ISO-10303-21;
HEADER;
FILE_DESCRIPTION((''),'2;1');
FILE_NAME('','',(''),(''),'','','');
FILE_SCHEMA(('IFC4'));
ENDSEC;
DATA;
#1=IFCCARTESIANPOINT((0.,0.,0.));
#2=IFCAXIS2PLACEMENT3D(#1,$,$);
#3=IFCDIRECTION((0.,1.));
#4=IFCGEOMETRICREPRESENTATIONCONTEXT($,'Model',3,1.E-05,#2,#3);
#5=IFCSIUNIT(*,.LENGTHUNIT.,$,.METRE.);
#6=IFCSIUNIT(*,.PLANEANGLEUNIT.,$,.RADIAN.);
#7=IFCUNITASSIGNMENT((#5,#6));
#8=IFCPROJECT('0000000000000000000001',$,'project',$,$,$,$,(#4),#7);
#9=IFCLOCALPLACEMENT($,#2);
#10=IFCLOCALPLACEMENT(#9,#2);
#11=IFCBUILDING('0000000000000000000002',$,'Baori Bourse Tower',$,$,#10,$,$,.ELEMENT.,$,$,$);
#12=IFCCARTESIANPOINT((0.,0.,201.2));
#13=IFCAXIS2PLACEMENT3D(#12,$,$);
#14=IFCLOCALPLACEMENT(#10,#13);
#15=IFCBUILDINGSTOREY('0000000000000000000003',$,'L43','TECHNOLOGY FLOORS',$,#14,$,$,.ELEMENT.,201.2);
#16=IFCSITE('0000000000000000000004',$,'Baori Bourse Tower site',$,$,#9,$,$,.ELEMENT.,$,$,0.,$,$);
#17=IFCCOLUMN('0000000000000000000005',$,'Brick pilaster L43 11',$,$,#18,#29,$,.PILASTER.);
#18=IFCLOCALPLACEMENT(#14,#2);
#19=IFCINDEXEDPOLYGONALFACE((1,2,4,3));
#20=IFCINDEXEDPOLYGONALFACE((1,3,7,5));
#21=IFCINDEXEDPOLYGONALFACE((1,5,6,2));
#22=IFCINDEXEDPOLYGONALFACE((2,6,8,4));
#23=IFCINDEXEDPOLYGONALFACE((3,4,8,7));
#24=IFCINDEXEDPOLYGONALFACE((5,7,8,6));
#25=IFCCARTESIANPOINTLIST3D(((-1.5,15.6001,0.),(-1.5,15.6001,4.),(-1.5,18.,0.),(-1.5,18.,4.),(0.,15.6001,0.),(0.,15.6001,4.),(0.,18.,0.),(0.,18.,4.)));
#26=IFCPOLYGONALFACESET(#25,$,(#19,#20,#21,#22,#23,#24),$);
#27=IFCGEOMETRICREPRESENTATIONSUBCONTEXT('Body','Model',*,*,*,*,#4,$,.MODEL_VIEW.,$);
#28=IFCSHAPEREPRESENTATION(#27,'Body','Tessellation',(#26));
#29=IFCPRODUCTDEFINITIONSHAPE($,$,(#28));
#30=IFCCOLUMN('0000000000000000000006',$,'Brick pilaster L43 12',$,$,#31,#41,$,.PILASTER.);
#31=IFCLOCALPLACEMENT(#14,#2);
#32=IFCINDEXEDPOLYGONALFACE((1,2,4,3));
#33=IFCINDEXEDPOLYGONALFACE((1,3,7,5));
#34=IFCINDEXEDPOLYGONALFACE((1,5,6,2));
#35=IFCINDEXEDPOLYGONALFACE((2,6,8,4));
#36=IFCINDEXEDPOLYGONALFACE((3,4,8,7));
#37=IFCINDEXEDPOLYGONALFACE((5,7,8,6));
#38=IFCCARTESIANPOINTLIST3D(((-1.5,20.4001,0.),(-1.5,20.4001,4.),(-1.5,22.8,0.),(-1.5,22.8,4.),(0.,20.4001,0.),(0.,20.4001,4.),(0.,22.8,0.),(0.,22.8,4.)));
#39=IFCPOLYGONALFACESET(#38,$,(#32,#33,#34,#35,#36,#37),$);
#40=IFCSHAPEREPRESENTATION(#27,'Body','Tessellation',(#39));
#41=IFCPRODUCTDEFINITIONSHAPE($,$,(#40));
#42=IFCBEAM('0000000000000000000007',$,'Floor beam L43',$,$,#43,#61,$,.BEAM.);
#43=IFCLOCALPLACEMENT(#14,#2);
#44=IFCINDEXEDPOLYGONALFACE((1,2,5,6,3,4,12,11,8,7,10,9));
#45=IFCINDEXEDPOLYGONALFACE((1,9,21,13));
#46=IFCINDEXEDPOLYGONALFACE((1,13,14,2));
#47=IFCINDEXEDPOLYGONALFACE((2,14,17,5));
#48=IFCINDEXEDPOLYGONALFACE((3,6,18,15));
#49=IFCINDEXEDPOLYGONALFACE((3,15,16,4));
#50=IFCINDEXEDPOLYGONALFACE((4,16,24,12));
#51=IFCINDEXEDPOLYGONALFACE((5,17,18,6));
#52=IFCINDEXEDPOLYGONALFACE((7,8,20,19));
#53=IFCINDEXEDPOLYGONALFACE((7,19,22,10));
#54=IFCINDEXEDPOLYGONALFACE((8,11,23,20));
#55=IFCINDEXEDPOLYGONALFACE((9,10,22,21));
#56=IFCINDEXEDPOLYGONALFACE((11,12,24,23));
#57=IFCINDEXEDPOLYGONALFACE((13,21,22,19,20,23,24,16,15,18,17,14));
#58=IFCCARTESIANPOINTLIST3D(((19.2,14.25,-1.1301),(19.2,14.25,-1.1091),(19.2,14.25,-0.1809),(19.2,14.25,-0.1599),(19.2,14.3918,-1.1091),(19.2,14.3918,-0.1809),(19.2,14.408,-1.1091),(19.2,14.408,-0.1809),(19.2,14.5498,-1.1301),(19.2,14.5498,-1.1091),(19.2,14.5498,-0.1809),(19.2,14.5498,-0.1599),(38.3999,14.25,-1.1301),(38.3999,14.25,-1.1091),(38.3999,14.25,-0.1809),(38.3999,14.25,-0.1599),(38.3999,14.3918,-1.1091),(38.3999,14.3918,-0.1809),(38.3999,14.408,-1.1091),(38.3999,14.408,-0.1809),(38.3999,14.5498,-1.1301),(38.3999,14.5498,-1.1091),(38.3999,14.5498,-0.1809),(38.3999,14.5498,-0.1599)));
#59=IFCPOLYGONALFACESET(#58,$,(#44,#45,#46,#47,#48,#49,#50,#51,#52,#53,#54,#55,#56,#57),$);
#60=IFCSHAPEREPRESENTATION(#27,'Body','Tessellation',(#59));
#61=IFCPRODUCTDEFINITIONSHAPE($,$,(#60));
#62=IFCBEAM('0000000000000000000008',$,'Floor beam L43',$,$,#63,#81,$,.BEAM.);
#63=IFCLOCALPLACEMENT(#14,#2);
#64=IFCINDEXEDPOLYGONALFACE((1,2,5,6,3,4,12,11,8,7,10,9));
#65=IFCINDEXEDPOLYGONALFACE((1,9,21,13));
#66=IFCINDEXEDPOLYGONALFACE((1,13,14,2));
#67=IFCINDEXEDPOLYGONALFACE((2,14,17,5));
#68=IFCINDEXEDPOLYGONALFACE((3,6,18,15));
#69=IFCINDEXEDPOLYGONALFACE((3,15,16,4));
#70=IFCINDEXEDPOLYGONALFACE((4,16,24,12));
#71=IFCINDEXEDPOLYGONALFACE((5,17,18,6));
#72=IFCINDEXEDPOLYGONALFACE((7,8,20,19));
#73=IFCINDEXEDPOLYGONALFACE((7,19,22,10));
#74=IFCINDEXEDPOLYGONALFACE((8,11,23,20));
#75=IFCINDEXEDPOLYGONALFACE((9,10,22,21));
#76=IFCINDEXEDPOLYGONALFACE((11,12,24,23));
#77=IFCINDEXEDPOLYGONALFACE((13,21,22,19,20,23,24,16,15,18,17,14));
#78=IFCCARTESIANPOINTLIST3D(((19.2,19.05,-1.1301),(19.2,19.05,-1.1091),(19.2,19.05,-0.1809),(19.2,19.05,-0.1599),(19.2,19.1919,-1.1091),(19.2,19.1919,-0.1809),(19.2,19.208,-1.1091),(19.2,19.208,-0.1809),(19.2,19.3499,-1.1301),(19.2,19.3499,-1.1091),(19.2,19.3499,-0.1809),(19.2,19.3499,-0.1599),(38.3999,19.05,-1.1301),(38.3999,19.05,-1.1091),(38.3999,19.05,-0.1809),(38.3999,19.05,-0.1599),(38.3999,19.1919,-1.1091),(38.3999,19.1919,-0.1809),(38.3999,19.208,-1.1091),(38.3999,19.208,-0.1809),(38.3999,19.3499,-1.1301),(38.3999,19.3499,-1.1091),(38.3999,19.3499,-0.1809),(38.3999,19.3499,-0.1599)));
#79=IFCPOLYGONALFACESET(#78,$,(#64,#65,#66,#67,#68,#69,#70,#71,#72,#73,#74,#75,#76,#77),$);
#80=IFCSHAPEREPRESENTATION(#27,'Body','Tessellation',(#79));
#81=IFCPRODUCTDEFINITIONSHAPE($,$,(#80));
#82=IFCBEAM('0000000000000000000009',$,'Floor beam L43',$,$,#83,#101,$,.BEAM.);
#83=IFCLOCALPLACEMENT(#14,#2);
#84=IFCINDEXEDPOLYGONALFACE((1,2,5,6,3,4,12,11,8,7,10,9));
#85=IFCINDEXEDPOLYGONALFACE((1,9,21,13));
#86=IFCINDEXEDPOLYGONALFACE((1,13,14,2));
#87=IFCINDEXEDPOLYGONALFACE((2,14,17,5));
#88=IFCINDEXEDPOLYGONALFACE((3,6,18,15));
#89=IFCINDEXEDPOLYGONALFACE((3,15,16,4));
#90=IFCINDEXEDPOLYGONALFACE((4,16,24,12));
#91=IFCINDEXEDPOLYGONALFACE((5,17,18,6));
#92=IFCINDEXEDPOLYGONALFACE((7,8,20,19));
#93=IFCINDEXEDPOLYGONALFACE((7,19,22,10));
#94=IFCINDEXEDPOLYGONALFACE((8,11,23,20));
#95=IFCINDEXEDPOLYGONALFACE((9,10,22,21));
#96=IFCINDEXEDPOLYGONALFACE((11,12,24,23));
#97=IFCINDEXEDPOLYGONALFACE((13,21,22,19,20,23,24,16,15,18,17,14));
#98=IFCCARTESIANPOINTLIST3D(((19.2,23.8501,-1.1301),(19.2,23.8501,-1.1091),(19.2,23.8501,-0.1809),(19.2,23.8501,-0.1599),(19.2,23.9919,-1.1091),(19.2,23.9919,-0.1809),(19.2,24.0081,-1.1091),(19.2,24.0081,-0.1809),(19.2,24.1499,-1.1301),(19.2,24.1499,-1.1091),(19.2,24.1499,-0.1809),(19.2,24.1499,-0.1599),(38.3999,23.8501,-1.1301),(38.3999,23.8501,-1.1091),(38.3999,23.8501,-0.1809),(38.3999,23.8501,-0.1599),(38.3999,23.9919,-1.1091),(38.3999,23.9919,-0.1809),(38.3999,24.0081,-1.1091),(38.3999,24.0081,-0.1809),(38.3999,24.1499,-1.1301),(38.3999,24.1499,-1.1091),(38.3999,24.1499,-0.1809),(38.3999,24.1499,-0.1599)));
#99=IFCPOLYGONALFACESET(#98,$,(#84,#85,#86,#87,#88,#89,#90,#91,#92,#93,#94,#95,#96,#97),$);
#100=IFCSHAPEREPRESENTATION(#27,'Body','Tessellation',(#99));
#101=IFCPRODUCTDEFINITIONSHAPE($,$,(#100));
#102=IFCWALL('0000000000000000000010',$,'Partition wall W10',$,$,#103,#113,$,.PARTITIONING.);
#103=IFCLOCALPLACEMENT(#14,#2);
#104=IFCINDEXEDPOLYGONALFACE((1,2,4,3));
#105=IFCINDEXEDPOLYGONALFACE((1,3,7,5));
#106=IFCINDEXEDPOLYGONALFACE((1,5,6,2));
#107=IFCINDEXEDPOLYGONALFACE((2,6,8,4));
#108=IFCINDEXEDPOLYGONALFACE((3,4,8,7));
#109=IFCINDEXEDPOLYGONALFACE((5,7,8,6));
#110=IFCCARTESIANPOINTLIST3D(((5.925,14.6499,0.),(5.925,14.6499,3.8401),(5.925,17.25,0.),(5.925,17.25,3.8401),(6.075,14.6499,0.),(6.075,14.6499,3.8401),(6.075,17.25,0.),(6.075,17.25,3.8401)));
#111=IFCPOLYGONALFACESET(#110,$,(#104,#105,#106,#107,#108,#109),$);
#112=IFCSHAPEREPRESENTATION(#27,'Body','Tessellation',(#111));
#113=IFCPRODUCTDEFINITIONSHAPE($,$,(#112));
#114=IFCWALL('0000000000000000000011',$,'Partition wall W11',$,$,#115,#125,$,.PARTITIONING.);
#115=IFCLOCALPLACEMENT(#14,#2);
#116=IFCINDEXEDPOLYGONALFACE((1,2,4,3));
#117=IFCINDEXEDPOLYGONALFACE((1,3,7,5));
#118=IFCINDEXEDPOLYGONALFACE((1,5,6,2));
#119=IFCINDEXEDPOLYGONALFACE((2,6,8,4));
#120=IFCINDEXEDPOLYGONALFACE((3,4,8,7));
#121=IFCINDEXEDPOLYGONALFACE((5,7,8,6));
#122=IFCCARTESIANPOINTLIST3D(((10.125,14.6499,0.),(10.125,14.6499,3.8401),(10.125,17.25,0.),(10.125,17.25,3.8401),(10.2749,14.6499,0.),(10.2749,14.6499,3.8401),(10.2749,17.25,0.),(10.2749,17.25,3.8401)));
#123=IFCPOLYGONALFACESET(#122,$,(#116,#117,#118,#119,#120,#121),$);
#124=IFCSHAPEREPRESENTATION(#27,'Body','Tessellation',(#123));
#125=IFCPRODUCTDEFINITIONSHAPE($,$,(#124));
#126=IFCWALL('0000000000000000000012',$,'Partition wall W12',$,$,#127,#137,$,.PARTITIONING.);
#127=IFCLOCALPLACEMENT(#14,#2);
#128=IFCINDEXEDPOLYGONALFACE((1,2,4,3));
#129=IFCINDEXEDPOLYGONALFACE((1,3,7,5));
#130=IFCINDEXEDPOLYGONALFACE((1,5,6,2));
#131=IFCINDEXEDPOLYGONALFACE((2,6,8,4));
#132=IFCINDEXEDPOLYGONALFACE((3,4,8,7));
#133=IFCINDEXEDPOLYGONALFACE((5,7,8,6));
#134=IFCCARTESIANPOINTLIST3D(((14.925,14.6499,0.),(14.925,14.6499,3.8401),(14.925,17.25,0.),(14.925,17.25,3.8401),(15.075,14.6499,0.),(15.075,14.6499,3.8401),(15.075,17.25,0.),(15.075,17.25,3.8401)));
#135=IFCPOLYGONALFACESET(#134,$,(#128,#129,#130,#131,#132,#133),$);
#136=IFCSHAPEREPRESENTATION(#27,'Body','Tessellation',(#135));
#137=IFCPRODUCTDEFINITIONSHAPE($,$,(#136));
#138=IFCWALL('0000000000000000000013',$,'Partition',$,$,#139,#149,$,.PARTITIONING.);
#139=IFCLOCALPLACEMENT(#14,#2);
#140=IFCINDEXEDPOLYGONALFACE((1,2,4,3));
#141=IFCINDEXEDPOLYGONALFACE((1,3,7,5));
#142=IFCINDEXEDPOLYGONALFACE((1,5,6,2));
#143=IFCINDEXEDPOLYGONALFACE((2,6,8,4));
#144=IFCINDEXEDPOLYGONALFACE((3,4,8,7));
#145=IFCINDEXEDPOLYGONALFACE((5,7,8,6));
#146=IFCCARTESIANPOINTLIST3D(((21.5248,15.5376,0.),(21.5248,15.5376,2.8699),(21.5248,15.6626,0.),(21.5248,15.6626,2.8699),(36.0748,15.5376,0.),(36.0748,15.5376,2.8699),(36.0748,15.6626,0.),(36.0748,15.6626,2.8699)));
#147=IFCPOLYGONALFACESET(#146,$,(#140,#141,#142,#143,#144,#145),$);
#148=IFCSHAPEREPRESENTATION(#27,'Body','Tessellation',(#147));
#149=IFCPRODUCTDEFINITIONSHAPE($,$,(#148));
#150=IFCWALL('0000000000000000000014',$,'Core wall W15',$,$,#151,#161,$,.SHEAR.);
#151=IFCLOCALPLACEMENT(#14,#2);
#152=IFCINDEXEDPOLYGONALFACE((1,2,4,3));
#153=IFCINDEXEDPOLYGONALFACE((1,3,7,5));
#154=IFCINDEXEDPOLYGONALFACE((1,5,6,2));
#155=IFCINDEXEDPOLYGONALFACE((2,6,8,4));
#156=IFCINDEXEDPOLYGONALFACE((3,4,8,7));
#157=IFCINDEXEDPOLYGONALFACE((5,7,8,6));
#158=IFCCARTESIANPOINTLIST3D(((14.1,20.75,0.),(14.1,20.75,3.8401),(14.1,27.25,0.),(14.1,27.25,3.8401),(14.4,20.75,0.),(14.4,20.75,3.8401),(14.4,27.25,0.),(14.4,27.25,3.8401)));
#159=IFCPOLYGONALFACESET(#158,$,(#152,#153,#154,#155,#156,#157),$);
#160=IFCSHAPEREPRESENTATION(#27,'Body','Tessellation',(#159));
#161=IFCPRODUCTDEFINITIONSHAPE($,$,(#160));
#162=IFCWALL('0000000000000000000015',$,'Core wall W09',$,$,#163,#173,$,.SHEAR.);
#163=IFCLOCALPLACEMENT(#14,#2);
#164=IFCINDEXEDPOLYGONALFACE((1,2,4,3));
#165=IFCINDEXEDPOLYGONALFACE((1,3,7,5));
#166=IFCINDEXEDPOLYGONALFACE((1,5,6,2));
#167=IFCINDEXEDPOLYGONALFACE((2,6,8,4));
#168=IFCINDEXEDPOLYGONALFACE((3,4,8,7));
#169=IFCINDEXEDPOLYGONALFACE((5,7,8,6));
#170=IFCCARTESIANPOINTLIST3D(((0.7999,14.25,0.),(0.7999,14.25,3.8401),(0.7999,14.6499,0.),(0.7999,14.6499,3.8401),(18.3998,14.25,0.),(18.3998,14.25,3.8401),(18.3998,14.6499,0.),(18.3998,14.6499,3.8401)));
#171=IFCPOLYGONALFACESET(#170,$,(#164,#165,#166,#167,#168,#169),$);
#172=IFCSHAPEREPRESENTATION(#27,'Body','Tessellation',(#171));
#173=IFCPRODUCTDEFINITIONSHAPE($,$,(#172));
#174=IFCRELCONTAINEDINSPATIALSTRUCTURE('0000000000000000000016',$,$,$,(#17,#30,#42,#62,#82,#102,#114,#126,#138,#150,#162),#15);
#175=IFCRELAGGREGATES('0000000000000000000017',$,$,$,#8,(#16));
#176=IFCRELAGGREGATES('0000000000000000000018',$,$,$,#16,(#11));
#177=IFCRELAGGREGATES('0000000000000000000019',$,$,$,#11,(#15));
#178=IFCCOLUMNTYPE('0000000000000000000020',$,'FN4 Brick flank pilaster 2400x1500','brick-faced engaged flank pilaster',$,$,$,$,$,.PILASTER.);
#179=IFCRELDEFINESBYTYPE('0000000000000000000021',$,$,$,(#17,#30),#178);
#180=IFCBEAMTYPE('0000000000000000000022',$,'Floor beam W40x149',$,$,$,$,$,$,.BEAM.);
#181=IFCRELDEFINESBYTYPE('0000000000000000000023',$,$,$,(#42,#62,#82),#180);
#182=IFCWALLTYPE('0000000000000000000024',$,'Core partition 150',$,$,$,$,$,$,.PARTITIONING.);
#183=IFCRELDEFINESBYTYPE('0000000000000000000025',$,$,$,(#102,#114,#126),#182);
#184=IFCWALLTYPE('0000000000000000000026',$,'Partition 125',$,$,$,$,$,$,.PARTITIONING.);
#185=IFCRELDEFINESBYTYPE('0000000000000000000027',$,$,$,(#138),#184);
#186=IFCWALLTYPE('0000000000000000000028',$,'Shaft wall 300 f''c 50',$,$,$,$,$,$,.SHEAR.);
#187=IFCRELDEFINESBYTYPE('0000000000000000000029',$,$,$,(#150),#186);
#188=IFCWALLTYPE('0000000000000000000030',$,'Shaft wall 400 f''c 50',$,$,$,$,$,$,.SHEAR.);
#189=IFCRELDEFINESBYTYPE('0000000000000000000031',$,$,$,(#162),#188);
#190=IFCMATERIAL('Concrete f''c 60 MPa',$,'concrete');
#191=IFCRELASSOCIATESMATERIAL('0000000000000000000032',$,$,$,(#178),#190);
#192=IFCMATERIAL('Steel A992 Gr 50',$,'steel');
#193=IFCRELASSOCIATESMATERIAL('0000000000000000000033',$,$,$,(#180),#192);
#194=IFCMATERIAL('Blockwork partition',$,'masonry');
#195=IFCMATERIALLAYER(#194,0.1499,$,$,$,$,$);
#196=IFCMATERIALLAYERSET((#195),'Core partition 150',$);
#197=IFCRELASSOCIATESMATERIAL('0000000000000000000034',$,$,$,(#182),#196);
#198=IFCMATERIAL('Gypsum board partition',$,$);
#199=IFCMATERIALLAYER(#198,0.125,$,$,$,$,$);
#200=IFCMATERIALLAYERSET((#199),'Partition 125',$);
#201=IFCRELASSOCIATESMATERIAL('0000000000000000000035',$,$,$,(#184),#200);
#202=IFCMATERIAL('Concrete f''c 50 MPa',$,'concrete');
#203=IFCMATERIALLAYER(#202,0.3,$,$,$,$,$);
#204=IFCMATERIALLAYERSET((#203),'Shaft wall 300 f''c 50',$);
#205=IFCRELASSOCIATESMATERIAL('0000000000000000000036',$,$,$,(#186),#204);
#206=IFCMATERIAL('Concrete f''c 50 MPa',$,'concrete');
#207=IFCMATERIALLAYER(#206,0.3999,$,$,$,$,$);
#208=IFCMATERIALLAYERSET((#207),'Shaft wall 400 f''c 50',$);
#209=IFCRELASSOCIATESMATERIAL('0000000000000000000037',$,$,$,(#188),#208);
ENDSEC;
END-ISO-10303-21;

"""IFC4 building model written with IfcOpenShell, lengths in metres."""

from ifc_helpers import new_model, si_unit, direction, frame, frame_2d, origin, origin_2d, place, context, subcontext, project, spatial, rectangle, i_section, extrude, material, layer, layer_set, material_profile, profile_set, type_object, element, save


model = new_model("IFC4")

# Units and contexts
model_context = context("Model", 3, precision=1e-05, world=origin(), true_north=direction((0.0, 1.0)))
body_context = subcontext(model_context, "Body", "Model", "MODEL_VIEW")
ifc_project = project(units=[si_unit("LENGTHUNIT", "METRE"), si_unit("PLANEANGLEUNIT", "RADIAN")], contexts=[model_context])

# Site, building, storey
site_placement = place(None, origin())
site = spatial("IfcSite", under=ifc_project, at=site_placement, Name="Baori Bourse Tower site", CompositionType="ELEMENT", RefElevation=0.0)
building_placement = place(site_placement, origin())
building = spatial("IfcBuilding", under=site, at=building_placement, Name="Baori Bourse Tower", CompositionType="ELEMENT")
storey_placement = place(building_placement, frame((0.0, 0.0, 201.2)))
storey = spatial("IfcBuildingStorey", under=building, at=storey_placement, Name="L43", Description="TECHNOLOGY FLOORS", CompositionType="ELEMENT", Elevation=201.2)

# Columns
ifc_material_1 = material(Name="Concrete f'c 60 MPa", Category="concrete")
ifc_material_profile_1 = material_profile(ifc_material_1, rectangle(XDim=2.3999, YDim=1.5, at=origin_2d()), Name="RC 2400x1500")
ifc_profile_set_1 = profile_set([ifc_material_profile_1], Name="Concrete f'c 60 MPa")
column_type = type_object("IfcColumnType", Name="FN4 Brick flank pilaster 2400x1500", Description="brick-faced engaged flank pilaster", PredefinedType="PILASTER", material=ifc_profile_set_1)
for number, where, z_axis, x_axis, name in (
    (1, (-0.75, 16.8, 0.0), (0.0, 0.0, 1.0), (0.0, 1.0, 0.0), "Brick pilaster L43 11"),
    (2, (-0.75, 21.6001, 0.0), (0.0, 0.0, 1.0), (0.0, 1.0, 0.0), "Brick pilaster L43 12"),
):
    element("IfcColumn", number, at=place(storey_placement, frame(where, z_axis=z_axis, x_axis=x_axis)), inside=storey, type_object=column_type, Name=name, PredefinedType="PILASTER", context=body_context, shape_type="SweptSolid", body=[
        extrude(rectangle(XDim=2.3999, YDim=1.5, at=origin_2d()), origin(), (0.0, 0.0, 1.0), 4.0),
    ])

# Beams
ifc_material_2 = material(Name="Steel A992 Gr 50", Category="steel")
ifc_material_profile_2 = material_profile(ifc_material_2, i_section(OverallWidth=0.2998, OverallDepth=0.9702, WebThickness=0.0161, FlangeThickness=0.021, at=origin_2d()), Name="W40x149")
ifc_profile_set_2 = profile_set([ifc_material_profile_2], Name="Steel A992 Gr 50")
beam_type = type_object("IfcBeamType", Name="Floor beam W40x149", PredefinedType="BEAM", material=ifc_profile_set_2)
for number, where, z_axis, x_axis, name in (
    (3, (19.2, 14.3999, -0.645), (1.0, 0.0, 0.0), (0.0, 1.0, 0.0), "Floor beam L43"),
    (4, (19.2, 19.2, -0.645), (1.0, 0.0, 0.0), (0.0, 1.0, 0.0), "Floor beam L43"),
    (5, (19.2, 24.0, -0.645), (1.0, 0.0, 0.0), (0.0, 1.0, 0.0), "Floor beam L43"),
):
    element("IfcBeam", number, at=place(storey_placement, frame(where, z_axis=z_axis, x_axis=x_axis)), inside=storey, type_object=beam_type, Name=name, PredefinedType="BEAM", context=body_context, shape_type="SweptSolid", body=[
        extrude(i_section(OverallWidth=0.2998, OverallDepth=0.9702, WebThickness=0.0161, FlangeThickness=0.021, at=origin_2d()), origin(), (0.0, 0.0, 1.0), 19.2),
    ])

# Walls
ifc_material_3 = material(Name="Blockwork partition", Category="masonry")
ifc_layer_1 = layer(ifc_material_3, 0.1499)
ifc_layer_set_1 = layer_set([ifc_layer_1], Name="Core partition 150")
wall_type_1 = type_object("IfcWallType", Name="Core partition 150", PredefinedType="PARTITIONING", material=ifc_layer_set_1)
for number, where, z_axis, x_axis, name in (
    (6, (6.0, 14.6499, 0.0), (0.0, 0.0, 1.0), (0.0, 1.0, 0.0), "Partition wall W10"),
    (7, (10.2, 14.6499, 0.0), (0.0, 0.0, 1.0), (0.0, 1.0, 0.0), "Partition wall W11"),
    (8, (15.0, 14.6499, 0.0), (0.0, 0.0, 1.0), (0.0, 1.0, 0.0), "Partition wall W12"),
):
    element("IfcWall", number, at=place(storey_placement, frame(where, z_axis=z_axis, x_axis=x_axis)), inside=storey, type_object=wall_type_1, Name=name, PredefinedType="PARTITIONING", context=body_context, shape_type="SweptSolid", body=[
        extrude(rectangle(XDim=2.6001, YDim=0.1499, at=frame_2d((1.3, 0.0))), origin(), (0.0, 0.0, 1.0), 3.8401),
    ])
ifc_material_4 = material(Name="Gypsum board partition")
ifc_layer_2 = layer(ifc_material_4, 0.125)
ifc_layer_set_2 = layer_set([ifc_layer_2], Name="Partition 125")
wall_type_2 = type_object("IfcWallType", Name="Partition 125", PredefinedType="PARTITIONING", material=ifc_layer_set_2)
wall_1_placement = place(storey_placement, frame((21.5249, 15.6001, 0.0), z_axis=(0.0, 0.0, 1.0), x_axis=(1.0, 0.0, 0.0)))
element("IfcWall", 9, at=wall_1_placement, inside=storey, type_object=wall_type_2, Name="Partition", PredefinedType="PARTITIONING", context=body_context, shape_type="SweptSolid", body=[
    extrude(rectangle(XDim=14.55, YDim=0.125, at=frame_2d((7.2749, 0.0))), origin(), (0.0, 0.0, 1.0), 2.8699),
])
ifc_material_5 = material(Name="Concrete f'c 50 MPa", Category="concrete")
ifc_layer_3 = layer(ifc_material_5, 0.3)
ifc_layer_set_3 = layer_set([ifc_layer_3], Name="Shaft wall 300 f'c 50")
wall_type_3 = type_object("IfcWallType", Name="Shaft wall 300 f'c 50", PredefinedType="SHEAR", material=ifc_layer_set_3)
wall_2_placement = place(storey_placement, frame((14.25, 20.75, 0.0), z_axis=(0.0, 0.0, 1.0), x_axis=(0.0, 1.0, 0.0)))
element("IfcWall", 10, at=wall_2_placement, inside=storey, type_object=wall_type_3, Name="Core wall W15", PredefinedType="SHEAR", context=body_context, shape_type="SweptSolid", body=[
    extrude(rectangle(XDim=6.5, YDim=0.3, at=frame_2d((3.25, 0.0))), origin(), (0.0, 0.0, 1.0), 3.8401),
])
ifc_material_6 = material(Name="Concrete f'c 50 MPa", Category="concrete")
ifc_layer_4 = layer(ifc_material_6, 0.3999)
ifc_layer_set_4 = layer_set([ifc_layer_4], Name="Shaft wall 400 f'c 50")
wall_type_4 = type_object("IfcWallType", Name="Shaft wall 400 f'c 50", PredefinedType="SHEAR", material=ifc_layer_set_4)
wall_3_placement = place(storey_placement, frame((0.8, 14.45, 0.0), z_axis=(0.0, 0.0, 1.0), x_axis=(1.0, 0.0, 0.0)))
element("IfcWall", 11, at=wall_3_placement, inside=storey, type_object=wall_type_4, Name="Core wall W09", PredefinedType="SHEAR", context=body_context, shape_type="SweptSolid", body=[
    extrude(rectangle(XDim=17.5999, YDim=0.3999, at=frame_2d((8.7998, 0.0))), origin(), (0.0, 0.0, 1.0), 3.8401),
])

save(model, "model.ifc")
